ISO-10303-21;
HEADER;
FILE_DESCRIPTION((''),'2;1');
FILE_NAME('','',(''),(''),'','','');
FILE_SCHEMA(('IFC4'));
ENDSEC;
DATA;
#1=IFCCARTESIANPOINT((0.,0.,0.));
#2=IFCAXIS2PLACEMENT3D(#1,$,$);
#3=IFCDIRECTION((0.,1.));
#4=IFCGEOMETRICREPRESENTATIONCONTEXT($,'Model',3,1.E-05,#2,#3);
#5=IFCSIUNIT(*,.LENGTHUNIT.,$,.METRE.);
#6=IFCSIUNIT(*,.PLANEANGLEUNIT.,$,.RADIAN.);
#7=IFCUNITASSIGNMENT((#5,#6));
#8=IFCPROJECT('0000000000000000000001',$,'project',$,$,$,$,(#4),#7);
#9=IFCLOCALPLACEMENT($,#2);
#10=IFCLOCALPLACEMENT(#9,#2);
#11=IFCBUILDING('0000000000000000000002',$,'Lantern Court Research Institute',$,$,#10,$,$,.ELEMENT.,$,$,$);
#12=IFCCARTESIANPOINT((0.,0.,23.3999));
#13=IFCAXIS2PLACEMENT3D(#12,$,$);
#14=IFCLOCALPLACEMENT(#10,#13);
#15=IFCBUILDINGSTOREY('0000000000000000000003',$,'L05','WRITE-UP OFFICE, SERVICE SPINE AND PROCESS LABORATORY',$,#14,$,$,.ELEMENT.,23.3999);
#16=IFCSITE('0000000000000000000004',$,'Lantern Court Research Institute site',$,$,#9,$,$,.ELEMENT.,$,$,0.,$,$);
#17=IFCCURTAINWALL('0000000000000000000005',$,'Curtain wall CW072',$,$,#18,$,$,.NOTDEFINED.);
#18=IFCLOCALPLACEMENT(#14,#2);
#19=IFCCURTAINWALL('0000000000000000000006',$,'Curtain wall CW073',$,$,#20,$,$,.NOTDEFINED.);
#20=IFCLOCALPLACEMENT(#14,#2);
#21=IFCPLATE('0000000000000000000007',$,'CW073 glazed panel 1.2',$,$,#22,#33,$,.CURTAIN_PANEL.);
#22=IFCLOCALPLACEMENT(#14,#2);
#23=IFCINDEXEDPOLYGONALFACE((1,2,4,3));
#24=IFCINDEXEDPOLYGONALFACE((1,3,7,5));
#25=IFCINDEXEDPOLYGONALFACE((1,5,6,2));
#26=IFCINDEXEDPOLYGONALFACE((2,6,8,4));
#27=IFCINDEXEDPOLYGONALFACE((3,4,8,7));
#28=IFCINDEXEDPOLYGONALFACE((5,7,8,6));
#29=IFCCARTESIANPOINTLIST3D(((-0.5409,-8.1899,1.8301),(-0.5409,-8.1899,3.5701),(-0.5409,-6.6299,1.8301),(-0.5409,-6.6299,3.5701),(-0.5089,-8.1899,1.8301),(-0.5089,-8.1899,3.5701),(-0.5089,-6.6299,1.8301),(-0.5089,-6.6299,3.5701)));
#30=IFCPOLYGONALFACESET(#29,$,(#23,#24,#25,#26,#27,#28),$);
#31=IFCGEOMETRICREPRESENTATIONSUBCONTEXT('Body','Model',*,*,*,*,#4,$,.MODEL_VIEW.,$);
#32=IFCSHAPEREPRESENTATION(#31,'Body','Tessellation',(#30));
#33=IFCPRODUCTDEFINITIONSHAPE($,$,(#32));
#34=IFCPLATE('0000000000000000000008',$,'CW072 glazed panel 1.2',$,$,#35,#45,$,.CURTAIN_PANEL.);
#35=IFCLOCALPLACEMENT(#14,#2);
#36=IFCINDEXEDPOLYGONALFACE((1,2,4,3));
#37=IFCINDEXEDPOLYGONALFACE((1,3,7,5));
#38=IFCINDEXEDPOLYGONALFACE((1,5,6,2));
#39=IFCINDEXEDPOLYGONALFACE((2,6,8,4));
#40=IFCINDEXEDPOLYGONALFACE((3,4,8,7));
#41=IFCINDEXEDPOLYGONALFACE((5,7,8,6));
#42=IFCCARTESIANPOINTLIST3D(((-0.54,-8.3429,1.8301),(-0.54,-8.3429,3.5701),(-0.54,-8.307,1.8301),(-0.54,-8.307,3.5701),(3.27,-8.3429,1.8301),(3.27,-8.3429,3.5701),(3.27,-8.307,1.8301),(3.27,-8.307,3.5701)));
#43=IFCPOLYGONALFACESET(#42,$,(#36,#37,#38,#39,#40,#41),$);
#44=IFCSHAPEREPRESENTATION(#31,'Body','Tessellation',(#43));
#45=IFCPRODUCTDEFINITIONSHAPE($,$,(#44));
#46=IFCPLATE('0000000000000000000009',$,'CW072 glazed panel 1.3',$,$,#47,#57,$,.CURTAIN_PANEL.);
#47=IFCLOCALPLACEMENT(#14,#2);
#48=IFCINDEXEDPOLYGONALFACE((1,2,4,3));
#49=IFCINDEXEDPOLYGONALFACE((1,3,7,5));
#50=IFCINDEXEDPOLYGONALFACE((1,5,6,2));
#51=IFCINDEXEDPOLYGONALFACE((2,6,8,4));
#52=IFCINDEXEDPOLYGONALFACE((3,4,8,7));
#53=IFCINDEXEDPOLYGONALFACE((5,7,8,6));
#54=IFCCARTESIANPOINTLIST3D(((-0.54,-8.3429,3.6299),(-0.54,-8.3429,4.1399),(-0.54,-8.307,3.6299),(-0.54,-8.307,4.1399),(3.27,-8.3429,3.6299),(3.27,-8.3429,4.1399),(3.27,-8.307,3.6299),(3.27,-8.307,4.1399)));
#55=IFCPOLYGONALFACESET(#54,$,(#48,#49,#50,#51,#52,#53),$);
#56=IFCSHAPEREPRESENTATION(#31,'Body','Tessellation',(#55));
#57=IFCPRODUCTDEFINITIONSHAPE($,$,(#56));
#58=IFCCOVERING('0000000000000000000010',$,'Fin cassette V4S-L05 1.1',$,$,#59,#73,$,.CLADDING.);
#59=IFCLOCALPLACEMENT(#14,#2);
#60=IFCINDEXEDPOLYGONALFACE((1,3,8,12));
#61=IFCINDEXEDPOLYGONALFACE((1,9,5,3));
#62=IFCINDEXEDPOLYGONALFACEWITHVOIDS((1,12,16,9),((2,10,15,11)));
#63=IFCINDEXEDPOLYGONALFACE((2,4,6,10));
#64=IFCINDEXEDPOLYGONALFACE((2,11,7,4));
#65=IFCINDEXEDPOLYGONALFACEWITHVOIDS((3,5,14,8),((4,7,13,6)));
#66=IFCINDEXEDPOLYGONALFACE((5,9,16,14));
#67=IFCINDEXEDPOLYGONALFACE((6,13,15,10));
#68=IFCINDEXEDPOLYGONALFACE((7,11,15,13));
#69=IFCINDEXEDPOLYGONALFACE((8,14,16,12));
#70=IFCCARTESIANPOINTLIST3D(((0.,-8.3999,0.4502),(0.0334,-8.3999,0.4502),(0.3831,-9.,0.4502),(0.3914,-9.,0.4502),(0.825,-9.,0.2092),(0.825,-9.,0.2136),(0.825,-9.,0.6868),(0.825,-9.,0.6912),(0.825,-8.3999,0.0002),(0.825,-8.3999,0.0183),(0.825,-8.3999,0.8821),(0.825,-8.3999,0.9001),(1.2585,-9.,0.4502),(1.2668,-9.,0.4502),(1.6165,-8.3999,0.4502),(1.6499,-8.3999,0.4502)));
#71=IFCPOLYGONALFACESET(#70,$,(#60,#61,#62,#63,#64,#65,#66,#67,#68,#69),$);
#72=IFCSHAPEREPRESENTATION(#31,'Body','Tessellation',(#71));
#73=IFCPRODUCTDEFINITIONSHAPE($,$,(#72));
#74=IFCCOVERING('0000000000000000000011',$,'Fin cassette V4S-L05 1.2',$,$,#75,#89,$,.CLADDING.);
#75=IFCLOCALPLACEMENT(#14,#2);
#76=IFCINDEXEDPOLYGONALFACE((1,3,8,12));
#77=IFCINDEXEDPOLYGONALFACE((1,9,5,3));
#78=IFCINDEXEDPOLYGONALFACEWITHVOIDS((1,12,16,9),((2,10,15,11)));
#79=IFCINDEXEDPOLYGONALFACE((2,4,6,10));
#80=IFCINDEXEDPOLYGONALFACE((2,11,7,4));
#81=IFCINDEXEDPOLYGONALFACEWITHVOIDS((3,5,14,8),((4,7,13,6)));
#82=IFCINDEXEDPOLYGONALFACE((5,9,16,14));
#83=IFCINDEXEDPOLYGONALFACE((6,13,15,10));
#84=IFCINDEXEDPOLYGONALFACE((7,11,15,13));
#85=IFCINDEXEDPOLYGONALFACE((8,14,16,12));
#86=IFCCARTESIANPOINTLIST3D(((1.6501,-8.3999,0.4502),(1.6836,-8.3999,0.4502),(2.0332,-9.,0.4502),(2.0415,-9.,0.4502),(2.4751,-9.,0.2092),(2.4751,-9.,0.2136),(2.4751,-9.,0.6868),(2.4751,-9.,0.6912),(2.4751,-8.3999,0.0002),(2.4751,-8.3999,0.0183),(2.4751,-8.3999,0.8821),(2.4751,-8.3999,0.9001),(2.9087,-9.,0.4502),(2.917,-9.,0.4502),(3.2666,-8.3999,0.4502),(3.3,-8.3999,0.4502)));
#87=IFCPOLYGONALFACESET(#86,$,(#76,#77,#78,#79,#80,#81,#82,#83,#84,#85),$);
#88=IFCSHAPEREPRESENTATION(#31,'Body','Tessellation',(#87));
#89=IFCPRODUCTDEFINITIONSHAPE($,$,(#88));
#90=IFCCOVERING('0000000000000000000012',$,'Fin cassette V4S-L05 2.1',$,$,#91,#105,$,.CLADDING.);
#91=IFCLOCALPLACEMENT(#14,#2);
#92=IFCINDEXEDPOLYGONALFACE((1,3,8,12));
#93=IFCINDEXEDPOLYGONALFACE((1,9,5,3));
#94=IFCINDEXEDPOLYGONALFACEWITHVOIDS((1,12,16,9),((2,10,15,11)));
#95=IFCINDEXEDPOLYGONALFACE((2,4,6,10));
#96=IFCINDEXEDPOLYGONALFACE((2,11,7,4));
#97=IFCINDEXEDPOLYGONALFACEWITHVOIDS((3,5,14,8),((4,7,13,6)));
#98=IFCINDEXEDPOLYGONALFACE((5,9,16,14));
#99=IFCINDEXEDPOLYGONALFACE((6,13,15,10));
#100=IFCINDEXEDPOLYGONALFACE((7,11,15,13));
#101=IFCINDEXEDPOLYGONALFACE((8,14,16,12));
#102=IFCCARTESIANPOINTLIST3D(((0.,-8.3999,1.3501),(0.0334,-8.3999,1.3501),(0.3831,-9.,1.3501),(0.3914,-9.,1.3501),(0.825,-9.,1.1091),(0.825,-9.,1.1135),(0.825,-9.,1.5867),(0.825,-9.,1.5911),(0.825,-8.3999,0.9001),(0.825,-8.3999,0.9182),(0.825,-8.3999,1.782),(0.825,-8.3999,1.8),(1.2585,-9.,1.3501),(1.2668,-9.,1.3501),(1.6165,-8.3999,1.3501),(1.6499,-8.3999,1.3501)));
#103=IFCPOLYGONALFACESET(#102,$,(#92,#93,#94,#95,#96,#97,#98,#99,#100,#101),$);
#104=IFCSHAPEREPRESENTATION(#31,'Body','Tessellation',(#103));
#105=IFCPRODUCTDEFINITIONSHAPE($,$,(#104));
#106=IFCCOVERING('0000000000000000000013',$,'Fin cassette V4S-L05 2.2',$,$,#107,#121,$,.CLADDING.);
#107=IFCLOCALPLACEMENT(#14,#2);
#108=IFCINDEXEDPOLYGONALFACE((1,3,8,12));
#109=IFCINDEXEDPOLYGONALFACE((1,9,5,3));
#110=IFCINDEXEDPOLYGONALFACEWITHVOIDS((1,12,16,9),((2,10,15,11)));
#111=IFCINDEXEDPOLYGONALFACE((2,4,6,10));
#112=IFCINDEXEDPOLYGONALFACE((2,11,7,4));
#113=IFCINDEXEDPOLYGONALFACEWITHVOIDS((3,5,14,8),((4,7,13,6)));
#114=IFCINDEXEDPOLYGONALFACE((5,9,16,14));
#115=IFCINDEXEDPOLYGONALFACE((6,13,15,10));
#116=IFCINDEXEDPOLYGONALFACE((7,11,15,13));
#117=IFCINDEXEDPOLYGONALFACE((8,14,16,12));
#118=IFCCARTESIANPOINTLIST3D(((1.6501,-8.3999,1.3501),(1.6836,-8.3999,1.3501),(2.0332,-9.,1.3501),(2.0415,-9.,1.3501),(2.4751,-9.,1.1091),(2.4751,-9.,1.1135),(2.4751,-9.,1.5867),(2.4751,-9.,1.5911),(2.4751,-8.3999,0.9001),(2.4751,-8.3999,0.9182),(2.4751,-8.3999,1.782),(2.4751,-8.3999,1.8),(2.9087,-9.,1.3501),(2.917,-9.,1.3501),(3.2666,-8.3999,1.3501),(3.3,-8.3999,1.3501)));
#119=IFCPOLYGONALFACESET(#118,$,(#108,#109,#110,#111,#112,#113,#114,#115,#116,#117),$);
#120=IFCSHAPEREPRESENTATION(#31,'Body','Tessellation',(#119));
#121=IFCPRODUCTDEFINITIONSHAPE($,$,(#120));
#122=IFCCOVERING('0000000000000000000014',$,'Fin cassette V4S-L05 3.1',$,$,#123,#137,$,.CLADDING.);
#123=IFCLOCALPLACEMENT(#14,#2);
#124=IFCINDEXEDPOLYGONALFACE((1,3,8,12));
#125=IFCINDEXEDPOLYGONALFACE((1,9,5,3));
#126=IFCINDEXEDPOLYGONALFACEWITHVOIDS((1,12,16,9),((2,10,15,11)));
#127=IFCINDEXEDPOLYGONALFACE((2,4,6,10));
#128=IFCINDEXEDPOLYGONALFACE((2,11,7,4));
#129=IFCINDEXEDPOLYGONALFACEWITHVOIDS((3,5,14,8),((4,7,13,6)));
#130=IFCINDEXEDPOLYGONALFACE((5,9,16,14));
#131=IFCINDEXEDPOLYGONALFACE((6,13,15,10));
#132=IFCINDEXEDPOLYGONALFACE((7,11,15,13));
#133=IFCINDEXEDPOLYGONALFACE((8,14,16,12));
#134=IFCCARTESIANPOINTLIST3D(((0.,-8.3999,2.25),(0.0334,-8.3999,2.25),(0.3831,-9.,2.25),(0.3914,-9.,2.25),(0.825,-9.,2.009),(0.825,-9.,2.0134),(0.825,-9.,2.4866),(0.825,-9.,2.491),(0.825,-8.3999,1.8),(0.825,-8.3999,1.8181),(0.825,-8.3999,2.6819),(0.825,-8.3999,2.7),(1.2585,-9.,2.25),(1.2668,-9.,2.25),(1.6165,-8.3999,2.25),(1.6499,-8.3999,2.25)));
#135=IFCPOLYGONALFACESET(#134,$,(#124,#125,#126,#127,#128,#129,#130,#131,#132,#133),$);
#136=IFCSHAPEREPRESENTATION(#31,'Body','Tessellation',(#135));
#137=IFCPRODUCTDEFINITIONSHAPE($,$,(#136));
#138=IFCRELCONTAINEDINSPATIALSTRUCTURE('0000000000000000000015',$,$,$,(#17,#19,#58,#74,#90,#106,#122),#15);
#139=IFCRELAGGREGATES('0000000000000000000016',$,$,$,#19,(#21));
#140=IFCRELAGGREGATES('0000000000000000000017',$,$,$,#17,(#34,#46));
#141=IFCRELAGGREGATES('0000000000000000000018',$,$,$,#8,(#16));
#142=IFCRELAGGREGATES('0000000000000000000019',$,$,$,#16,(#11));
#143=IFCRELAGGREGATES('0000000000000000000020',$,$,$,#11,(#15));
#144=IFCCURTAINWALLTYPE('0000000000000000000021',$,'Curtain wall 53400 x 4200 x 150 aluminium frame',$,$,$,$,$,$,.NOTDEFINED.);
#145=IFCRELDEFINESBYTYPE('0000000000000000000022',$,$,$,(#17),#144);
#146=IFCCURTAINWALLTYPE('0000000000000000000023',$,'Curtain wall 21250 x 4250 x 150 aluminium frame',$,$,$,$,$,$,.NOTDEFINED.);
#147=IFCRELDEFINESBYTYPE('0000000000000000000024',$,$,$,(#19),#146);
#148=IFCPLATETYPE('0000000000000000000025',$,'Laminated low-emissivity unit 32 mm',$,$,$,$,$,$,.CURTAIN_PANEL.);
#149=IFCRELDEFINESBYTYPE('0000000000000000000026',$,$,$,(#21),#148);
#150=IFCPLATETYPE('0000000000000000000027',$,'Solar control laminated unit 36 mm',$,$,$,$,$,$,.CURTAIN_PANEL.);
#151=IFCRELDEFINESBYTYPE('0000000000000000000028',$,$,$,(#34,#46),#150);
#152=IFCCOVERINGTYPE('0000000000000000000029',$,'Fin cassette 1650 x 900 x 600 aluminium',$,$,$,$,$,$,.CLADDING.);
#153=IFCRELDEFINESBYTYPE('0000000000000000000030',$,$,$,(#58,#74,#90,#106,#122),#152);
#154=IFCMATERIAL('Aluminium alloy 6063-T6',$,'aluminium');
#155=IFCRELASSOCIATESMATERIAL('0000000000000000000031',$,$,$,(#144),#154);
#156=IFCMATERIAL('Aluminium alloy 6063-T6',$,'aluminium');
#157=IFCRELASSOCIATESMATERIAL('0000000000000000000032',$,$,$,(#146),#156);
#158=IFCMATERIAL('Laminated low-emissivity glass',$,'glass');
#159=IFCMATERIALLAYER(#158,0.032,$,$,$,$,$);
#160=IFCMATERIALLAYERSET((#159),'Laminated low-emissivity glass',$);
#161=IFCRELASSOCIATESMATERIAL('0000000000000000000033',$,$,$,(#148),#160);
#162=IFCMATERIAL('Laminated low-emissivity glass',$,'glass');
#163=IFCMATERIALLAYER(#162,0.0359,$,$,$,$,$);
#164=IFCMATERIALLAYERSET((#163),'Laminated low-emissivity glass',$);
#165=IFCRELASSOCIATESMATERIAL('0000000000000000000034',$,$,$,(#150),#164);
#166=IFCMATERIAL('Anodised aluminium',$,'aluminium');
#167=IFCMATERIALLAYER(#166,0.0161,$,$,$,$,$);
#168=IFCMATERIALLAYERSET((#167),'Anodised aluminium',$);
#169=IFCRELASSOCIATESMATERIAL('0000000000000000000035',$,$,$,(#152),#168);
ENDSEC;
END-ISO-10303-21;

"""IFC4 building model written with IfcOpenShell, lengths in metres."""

from ifc_helpers import new_model, entity, si_unit, direction, frame, origin, origin_2d, place, context, subcontext, project, spatial, rectangle, extrude, material, layer, layer_set, type_object, element, aggregate, save


model = new_model("IFC4")

# Units and contexts
model_context = context("Model", 3, precision=1e-05, world=origin(), true_north=direction((0.0, 1.0)))
body_context = subcontext(model_context, "Body", "Model", "MODEL_VIEW")
ifc_project = project(units=[si_unit("LENGTHUNIT", "METRE"), si_unit("PLANEANGLEUNIT", "RADIAN")], contexts=[model_context])

# Site, building, storey
site_placement = place(None, origin())
site = spatial("IfcSite", under=ifc_project, at=site_placement, Name="Lantern Court Research Institute site", CompositionType="ELEMENT", RefElevation=0.0)
building_placement = place(site_placement, origin())
building = spatial("IfcBuilding", under=site, at=building_placement, Name="Lantern Court Research Institute", CompositionType="ELEMENT")
storey_placement = place(building_placement, frame((0.0, 0.0, 23.3999)))
storey = spatial("IfcBuildingStorey", under=building, at=storey_placement, Name="L05", Description="WRITE-UP OFFICE, SERVICE SPINE AND PROCESS LABORATORY", CompositionType="ELEMENT", Elevation=23.3999)

# Curtain wall
ifc_material_1 = material(Name="Aluminium alloy 6063-T6", Category="aluminium")
curtain_wall_type_1 = type_object("IfcCurtainWallType", Name="Curtain wall 53400 x 4200 x 150 aluminium frame", PredefinedType="NOTDEFINED", material=ifc_material_1)
curtain_wall_1_placement = place(storey_placement, origin())
curtain_wall_1 = element("IfcCurtainWall", 1, at=curtain_wall_1_placement, inside=storey, type_object=curtain_wall_type_1, Name="Curtain wall CW072", PredefinedType="NOTDEFINED")

# Curtain wall
ifc_material_2 = material(Name="Aluminium alloy 6063-T6", Category="aluminium")
curtain_wall_type_2 = type_object("IfcCurtainWallType", Name="Curtain wall 21250 x 4250 x 150 aluminium frame", PredefinedType="NOTDEFINED", material=ifc_material_2)
curtain_wall_2_placement = place(storey_placement, origin())
curtain_wall_2 = element("IfcCurtainWall", 2, at=curtain_wall_2_placement, inside=storey, type_object=curtain_wall_type_2, Name="Curtain wall CW073", PredefinedType="NOTDEFINED")

# Plates
ifc_material_3 = material(Name="Laminated low-emissivity glass", Category="glass")
ifc_layer_1 = layer(ifc_material_3, 0.032)
ifc_layer_set_1 = layer_set([ifc_layer_1], Name="Laminated low-emissivity glass")
plate_type_1 = type_object("IfcPlateType", Name="Laminated low-emissivity unit 32 mm", PredefinedType="CURTAIN_PANEL", material=ifc_layer_set_1)
plate_1_placement = place(storey_placement, frame((-0.5249, -7.4099, 1.8301), z_axis=(0.0, 0.0, 1.0), x_axis=(0.0, 1.0, 0.0)))
plate_1 = element("IfcPlate", 3, at=plate_1_placement, type_object=plate_type_1, Name="CW073 glazed panel 1.2", PredefinedType="CURTAIN_PANEL", context=body_context, shape_type="SweptSolid", body=[
    extrude(rectangle(XDim=1.5601, YDim=0.032, at=origin_2d()), origin(), (0.0, 0.0, 1.0), 1.74),
])
aggregate(curtain_wall_2, [plate_1])
ifc_material_4 = material(Name="Laminated low-emissivity glass", Category="glass")
ifc_layer_2 = layer(ifc_material_4, 0.0359)
ifc_layer_set_2 = layer_set([ifc_layer_2], Name="Laminated low-emissivity glass")
plate_type_2 = type_object("IfcPlateType", Name="Solar control laminated unit 36 mm", PredefinedType="CURTAIN_PANEL", material=ifc_layer_set_2)
plate_2_placement = place(storey_placement, frame((1.365, -8.325, 1.8301), z_axis=(0.0, 0.0, 1.0), x_axis=(-1.0, 0.0, 0.0)))
plate_2 = element("IfcPlate", 4, at=plate_2_placement, type_object=plate_type_2, Name="CW072 glazed panel 1.2", PredefinedType="CURTAIN_PANEL", context=body_context, shape_type="SweptSolid", body=[
    extrude(rectangle(XDim=3.8101, YDim=0.0359, at=origin_2d()), origin(), (0.0, 0.0, 1.0), 1.74),
])
plate_3_placement = place(storey_placement, frame((1.365, -8.325, 3.6299), z_axis=(0.0, 0.0, 1.0), x_axis=(-1.0, 0.0, 0.0)))
plate_3 = element("IfcPlate", 5, at=plate_3_placement, type_object=plate_type_2, Name="CW072 glazed panel 1.3", PredefinedType="CURTAIN_PANEL", context=body_context, shape_type="SweptSolid", body=[
    extrude(rectangle(XDim=3.8101, YDim=0.0359, at=origin_2d()), origin(), (0.0, 0.0, 1.0), 0.51),
])
aggregate(curtain_wall_1, [plate_2, plate_3])

# Coverings
ifc_material_5 = material(Name="Anodised aluminium", Category="aluminium")
ifc_layer_3 = layer(ifc_material_5, 0.0161)
ifc_layer_set_3 = layer_set([ifc_layer_3], Name="Anodised aluminium")
covering_type = type_object("IfcCoveringType", Name="Fin cassette 1650 x 900 x 600 aluminium", PredefinedType="CLADDING", material=ifc_layer_set_3)
covering_1_placement = place(storey_placement, frame((0.825, -8.3999, 0.4502), z_axis=(0.0, -1.0, 0.0), x_axis=(1.0, 0.0, 0.0)))
cartesian_point_1 = entity("IfcCartesianPoint", [0.825, 0.0])
cartesian_point_2 = entity("IfcCartesianPoint", [0.7915, 0.0])
cartesian_point_3 = entity("IfcCartesianPoint", [0.4419, 0.0])
cartesian_point_4 = entity("IfcCartesianPoint", [0.4336, 0.0])
element("IfcCovering", 6, at=covering_1_placement, inside=storey, type_object=covering_type, Name="Fin cassette V4S-L05 1.1", PredefinedType="CLADDING", context=body_context, shape_type="SweptSolid", body=[
    entity("IfcExtrudedAreaSolidTapered", entity("IfcArbitraryProfileDefWithVoids", "AREA", None, entity("IfcPolyline", [cartesian_point_1, entity("IfcCartesianPoint", [0.0, 0.45]), entity("IfcCartesianPoint", [-0.825, 0.0]), entity("IfcCartesianPoint", [0.0, -0.45]), cartesian_point_1]), [entity("IfcPolyline", [cartesian_point_2, entity("IfcCartesianPoint", [0.0, 0.4319]), entity("IfcCartesianPoint", [-0.7915, 0.0]), entity("IfcCartesianPoint", [0.0, -0.4319]), cartesian_point_2])]), entity("IfcAxis2Placement3D", entity("IfcCartesianPoint", [0.0, 0.0, 0.0])), entity("IfcDirection", [0.0, 0.0, 1.0]), 0.6001, entity("IfcArbitraryProfileDefWithVoids", "AREA", None, entity("IfcPolyline", [cartesian_point_3, entity("IfcCartesianPoint", [0.0, 0.241]), entity("IfcCartesianPoint", [-0.4419, 0.0]), entity("IfcCartesianPoint", [0.0, -0.241]), cartesian_point_3]), [entity("IfcPolyline", [cartesian_point_4, entity("IfcCartesianPoint", [0.0, 0.2366]), entity("IfcCartesianPoint", [-0.4336, 0.0]), entity("IfcCartesianPoint", [0.0, -0.2366]), cartesian_point_4])])),
])
covering_2_placement = place(storey_placement, frame((2.4751, -8.3999, 0.4502), z_axis=(0.0, -1.0, 0.0), x_axis=(1.0, 0.0, 0.0)))
cartesian_point_5 = entity("IfcCartesianPoint", [0.825, 0.0])
cartesian_point_6 = entity("IfcCartesianPoint", [0.7915, 0.0])
cartesian_point_7 = entity("IfcCartesianPoint", [0.4419, 0.0])
cartesian_point_8 = entity("IfcCartesianPoint", [0.4336, 0.0])
element("IfcCovering", 7, at=covering_2_placement, inside=storey, type_object=covering_type, Name="Fin cassette V4S-L05 1.2", PredefinedType="CLADDING", context=body_context, shape_type="SweptSolid", body=[
    entity("IfcExtrudedAreaSolidTapered", entity("IfcArbitraryProfileDefWithVoids", "AREA", None, entity("IfcPolyline", [cartesian_point_5, entity("IfcCartesianPoint", [0.0, 0.45]), entity("IfcCartesianPoint", [-0.825, 0.0]), entity("IfcCartesianPoint", [0.0, -0.45]), cartesian_point_5]), [entity("IfcPolyline", [cartesian_point_6, entity("IfcCartesianPoint", [0.0, 0.4319]), entity("IfcCartesianPoint", [-0.7915, 0.0]), entity("IfcCartesianPoint", [0.0, -0.4319]), cartesian_point_6])]), entity("IfcAxis2Placement3D", entity("IfcCartesianPoint", [0.0, 0.0, 0.0])), entity("IfcDirection", [0.0, 0.0, 1.0]), 0.6001, entity("IfcArbitraryProfileDefWithVoids", "AREA", None, entity("IfcPolyline", [cartesian_point_7, entity("IfcCartesianPoint", [0.0, 0.241]), entity("IfcCartesianPoint", [-0.4419, 0.0]), entity("IfcCartesianPoint", [0.0, -0.241]), cartesian_point_7]), [entity("IfcPolyline", [cartesian_point_8, entity("IfcCartesianPoint", [0.0, 0.2366]), entity("IfcCartesianPoint", [-0.4336, 0.0]), entity("IfcCartesianPoint", [0.0, -0.2366]), cartesian_point_8])])),
])
covering_3_placement = place(storey_placement, frame((0.825, -8.3999, 1.3501), z_axis=(0.0, -1.0, 0.0), x_axis=(1.0, 0.0, 0.0)))
cartesian_point_9 = entity("IfcCartesianPoint", [0.825, 0.0])
cartesian_point_10 = entity("IfcCartesianPoint", [0.7915, 0.0])
cartesian_point_11 = entity("IfcCartesianPoint", [0.4419, 0.0])
cartesian_point_12 = entity("IfcCartesianPoint", [0.4336, 0.0])
element("IfcCovering", 8, at=covering_3_placement, inside=storey, type_object=covering_type, Name="Fin cassette V4S-L05 2.1", PredefinedType="CLADDING", context=body_context, shape_type="SweptSolid", body=[
    entity("IfcExtrudedAreaSolidTapered", entity("IfcArbitraryProfileDefWithVoids", "AREA", None, entity("IfcPolyline", [cartesian_point_9, entity("IfcCartesianPoint", [0.0, 0.45]), entity("IfcCartesianPoint", [-0.825, 0.0]), entity("IfcCartesianPoint", [0.0, -0.45]), cartesian_point_9]), [entity("IfcPolyline", [cartesian_point_10, entity("IfcCartesianPoint", [0.0, 0.4319]), entity("IfcCartesianPoint", [-0.7915, 0.0]), entity("IfcCartesianPoint", [0.0, -0.4319]), cartesian_point_10])]), entity("IfcAxis2Placement3D", entity("IfcCartesianPoint", [0.0, 0.0, 0.0])), entity("IfcDirection", [0.0, 0.0, 1.0]), 0.6001, entity("IfcArbitraryProfileDefWithVoids", "AREA", None, entity("IfcPolyline", [cartesian_point_11, entity("IfcCartesianPoint", [0.0, 0.241]), entity("IfcCartesianPoint", [-0.4419, 0.0]), entity("IfcCartesianPoint", [0.0, -0.241]), cartesian_point_11]), [entity("IfcPolyline", [cartesian_point_12, entity("IfcCartesianPoint", [0.0, 0.2366]), entity("IfcCartesianPoint", [-0.4336, 0.0]), entity("IfcCartesianPoint", [0.0, -0.2366]), cartesian_point_12])])),
])
covering_4_placement = place(storey_placement, frame((2.4751, -8.3999, 1.3501), z_axis=(0.0, -1.0, 0.0), x_axis=(1.0, 0.0, 0.0)))
cartesian_point_13 = entity("IfcCartesianPoint", [0.825, 0.0])
cartesian_point_14 = entity("IfcCartesianPoint", [0.7915, 0.0])
cartesian_point_15 = entity("IfcCartesianPoint", [0.4419, 0.0])
cartesian_point_16 = entity("IfcCartesianPoint", [0.4336, 0.0])
element("IfcCovering", 9, at=covering_4_placement, inside=storey, type_object=covering_type, Name="Fin cassette V4S-L05 2.2", PredefinedType="CLADDING", context=body_context, shape_type="SweptSolid", body=[
    entity("IfcExtrudedAreaSolidTapered", entity("IfcArbitraryProfileDefWithVoids", "AREA", None, entity("IfcPolyline", [cartesian_point_13, entity("IfcCartesianPoint", [0.0, 0.45]), entity("IfcCartesianPoint", [-0.825, 0.0]), entity("IfcCartesianPoint", [0.0, -0.45]), cartesian_point_13]), [entity("IfcPolyline", [cartesian_point_14, entity("IfcCartesianPoint", [0.0, 0.4319]), entity("IfcCartesianPoint", [-0.7915, 0.0]), entity("IfcCartesianPoint", [0.0, -0.4319]), cartesian_point_14])]), entity("IfcAxis2Placement3D", entity("IfcCartesianPoint", [0.0, 0.0, 0.0])), entity("IfcDirection", [0.0, 0.0, 1.0]), 0.6001, entity("IfcArbitraryProfileDefWithVoids", "AREA", None, entity("IfcPolyline", [cartesian_point_15, entity("IfcCartesianPoint", [0.0, 0.241]), entity("IfcCartesianPoint", [-0.4419, 0.0]), entity("IfcCartesianPoint", [0.0, -0.241]), cartesian_point_15]), [entity("IfcPolyline", [cartesian_point_16, entity("IfcCartesianPoint", [0.0, 0.2366]), entity("IfcCartesianPoint", [-0.4336, 0.0]), entity("IfcCartesianPoint", [0.0, -0.2366]), cartesian_point_16])])),
])
covering_5_placement = place(storey_placement, frame((0.825, -8.3999, 2.25), z_axis=(0.0, -1.0, 0.0), x_axis=(1.0, 0.0, 0.0)))
cartesian_point_17 = entity("IfcCartesianPoint", [0.825, 0.0])
cartesian_point_18 = entity("IfcCartesianPoint", [0.7915, 0.0])
cartesian_point_19 = entity("IfcCartesianPoint", [0.4419, 0.0])
cartesian_point_20 = entity("IfcCartesianPoint", [0.4336, 0.0])
element("IfcCovering", 10, at=covering_5_placement, inside=storey, type_object=covering_type, Name="Fin cassette V4S-L05 3.1", PredefinedType="CLADDING", context=body_context, shape_type="SweptSolid", body=[
    entity("IfcExtrudedAreaSolidTapered", entity("IfcArbitraryProfileDefWithVoids", "AREA", None, entity("IfcPolyline", [cartesian_point_17, entity("IfcCartesianPoint", [0.0, 0.45]), entity("IfcCartesianPoint", [-0.825, 0.0]), entity("IfcCartesianPoint", [0.0, -0.45]), cartesian_point_17]), [entity("IfcPolyline", [cartesian_point_18, entity("IfcCartesianPoint", [0.0, 0.4319]), entity("IfcCartesianPoint", [-0.7915, 0.0]), entity("IfcCartesianPoint", [0.0, -0.4319]), cartesian_point_18])]), entity("IfcAxis2Placement3D", entity("IfcCartesianPoint", [0.0, 0.0, 0.0])), entity("IfcDirection", [0.0, 0.0, 1.0]), 0.6001, entity("IfcArbitraryProfileDefWithVoids", "AREA", None, entity("IfcPolyline", [cartesian_point_19, entity("IfcCartesianPoint", [0.0, 0.241]), entity("IfcCartesianPoint", [-0.4419, 0.0]), entity("IfcCartesianPoint", [0.0, -0.241]), cartesian_point_19]), [entity("IfcPolyline", [cartesian_point_20, entity("IfcCartesianPoint", [0.0, 0.2366]), entity("IfcCartesianPoint", [-0.4336, 0.0]), entity("IfcCartesianPoint", [0.0, -0.2366]), cartesian_point_20])])),
])

save(model, "model.ifc")
